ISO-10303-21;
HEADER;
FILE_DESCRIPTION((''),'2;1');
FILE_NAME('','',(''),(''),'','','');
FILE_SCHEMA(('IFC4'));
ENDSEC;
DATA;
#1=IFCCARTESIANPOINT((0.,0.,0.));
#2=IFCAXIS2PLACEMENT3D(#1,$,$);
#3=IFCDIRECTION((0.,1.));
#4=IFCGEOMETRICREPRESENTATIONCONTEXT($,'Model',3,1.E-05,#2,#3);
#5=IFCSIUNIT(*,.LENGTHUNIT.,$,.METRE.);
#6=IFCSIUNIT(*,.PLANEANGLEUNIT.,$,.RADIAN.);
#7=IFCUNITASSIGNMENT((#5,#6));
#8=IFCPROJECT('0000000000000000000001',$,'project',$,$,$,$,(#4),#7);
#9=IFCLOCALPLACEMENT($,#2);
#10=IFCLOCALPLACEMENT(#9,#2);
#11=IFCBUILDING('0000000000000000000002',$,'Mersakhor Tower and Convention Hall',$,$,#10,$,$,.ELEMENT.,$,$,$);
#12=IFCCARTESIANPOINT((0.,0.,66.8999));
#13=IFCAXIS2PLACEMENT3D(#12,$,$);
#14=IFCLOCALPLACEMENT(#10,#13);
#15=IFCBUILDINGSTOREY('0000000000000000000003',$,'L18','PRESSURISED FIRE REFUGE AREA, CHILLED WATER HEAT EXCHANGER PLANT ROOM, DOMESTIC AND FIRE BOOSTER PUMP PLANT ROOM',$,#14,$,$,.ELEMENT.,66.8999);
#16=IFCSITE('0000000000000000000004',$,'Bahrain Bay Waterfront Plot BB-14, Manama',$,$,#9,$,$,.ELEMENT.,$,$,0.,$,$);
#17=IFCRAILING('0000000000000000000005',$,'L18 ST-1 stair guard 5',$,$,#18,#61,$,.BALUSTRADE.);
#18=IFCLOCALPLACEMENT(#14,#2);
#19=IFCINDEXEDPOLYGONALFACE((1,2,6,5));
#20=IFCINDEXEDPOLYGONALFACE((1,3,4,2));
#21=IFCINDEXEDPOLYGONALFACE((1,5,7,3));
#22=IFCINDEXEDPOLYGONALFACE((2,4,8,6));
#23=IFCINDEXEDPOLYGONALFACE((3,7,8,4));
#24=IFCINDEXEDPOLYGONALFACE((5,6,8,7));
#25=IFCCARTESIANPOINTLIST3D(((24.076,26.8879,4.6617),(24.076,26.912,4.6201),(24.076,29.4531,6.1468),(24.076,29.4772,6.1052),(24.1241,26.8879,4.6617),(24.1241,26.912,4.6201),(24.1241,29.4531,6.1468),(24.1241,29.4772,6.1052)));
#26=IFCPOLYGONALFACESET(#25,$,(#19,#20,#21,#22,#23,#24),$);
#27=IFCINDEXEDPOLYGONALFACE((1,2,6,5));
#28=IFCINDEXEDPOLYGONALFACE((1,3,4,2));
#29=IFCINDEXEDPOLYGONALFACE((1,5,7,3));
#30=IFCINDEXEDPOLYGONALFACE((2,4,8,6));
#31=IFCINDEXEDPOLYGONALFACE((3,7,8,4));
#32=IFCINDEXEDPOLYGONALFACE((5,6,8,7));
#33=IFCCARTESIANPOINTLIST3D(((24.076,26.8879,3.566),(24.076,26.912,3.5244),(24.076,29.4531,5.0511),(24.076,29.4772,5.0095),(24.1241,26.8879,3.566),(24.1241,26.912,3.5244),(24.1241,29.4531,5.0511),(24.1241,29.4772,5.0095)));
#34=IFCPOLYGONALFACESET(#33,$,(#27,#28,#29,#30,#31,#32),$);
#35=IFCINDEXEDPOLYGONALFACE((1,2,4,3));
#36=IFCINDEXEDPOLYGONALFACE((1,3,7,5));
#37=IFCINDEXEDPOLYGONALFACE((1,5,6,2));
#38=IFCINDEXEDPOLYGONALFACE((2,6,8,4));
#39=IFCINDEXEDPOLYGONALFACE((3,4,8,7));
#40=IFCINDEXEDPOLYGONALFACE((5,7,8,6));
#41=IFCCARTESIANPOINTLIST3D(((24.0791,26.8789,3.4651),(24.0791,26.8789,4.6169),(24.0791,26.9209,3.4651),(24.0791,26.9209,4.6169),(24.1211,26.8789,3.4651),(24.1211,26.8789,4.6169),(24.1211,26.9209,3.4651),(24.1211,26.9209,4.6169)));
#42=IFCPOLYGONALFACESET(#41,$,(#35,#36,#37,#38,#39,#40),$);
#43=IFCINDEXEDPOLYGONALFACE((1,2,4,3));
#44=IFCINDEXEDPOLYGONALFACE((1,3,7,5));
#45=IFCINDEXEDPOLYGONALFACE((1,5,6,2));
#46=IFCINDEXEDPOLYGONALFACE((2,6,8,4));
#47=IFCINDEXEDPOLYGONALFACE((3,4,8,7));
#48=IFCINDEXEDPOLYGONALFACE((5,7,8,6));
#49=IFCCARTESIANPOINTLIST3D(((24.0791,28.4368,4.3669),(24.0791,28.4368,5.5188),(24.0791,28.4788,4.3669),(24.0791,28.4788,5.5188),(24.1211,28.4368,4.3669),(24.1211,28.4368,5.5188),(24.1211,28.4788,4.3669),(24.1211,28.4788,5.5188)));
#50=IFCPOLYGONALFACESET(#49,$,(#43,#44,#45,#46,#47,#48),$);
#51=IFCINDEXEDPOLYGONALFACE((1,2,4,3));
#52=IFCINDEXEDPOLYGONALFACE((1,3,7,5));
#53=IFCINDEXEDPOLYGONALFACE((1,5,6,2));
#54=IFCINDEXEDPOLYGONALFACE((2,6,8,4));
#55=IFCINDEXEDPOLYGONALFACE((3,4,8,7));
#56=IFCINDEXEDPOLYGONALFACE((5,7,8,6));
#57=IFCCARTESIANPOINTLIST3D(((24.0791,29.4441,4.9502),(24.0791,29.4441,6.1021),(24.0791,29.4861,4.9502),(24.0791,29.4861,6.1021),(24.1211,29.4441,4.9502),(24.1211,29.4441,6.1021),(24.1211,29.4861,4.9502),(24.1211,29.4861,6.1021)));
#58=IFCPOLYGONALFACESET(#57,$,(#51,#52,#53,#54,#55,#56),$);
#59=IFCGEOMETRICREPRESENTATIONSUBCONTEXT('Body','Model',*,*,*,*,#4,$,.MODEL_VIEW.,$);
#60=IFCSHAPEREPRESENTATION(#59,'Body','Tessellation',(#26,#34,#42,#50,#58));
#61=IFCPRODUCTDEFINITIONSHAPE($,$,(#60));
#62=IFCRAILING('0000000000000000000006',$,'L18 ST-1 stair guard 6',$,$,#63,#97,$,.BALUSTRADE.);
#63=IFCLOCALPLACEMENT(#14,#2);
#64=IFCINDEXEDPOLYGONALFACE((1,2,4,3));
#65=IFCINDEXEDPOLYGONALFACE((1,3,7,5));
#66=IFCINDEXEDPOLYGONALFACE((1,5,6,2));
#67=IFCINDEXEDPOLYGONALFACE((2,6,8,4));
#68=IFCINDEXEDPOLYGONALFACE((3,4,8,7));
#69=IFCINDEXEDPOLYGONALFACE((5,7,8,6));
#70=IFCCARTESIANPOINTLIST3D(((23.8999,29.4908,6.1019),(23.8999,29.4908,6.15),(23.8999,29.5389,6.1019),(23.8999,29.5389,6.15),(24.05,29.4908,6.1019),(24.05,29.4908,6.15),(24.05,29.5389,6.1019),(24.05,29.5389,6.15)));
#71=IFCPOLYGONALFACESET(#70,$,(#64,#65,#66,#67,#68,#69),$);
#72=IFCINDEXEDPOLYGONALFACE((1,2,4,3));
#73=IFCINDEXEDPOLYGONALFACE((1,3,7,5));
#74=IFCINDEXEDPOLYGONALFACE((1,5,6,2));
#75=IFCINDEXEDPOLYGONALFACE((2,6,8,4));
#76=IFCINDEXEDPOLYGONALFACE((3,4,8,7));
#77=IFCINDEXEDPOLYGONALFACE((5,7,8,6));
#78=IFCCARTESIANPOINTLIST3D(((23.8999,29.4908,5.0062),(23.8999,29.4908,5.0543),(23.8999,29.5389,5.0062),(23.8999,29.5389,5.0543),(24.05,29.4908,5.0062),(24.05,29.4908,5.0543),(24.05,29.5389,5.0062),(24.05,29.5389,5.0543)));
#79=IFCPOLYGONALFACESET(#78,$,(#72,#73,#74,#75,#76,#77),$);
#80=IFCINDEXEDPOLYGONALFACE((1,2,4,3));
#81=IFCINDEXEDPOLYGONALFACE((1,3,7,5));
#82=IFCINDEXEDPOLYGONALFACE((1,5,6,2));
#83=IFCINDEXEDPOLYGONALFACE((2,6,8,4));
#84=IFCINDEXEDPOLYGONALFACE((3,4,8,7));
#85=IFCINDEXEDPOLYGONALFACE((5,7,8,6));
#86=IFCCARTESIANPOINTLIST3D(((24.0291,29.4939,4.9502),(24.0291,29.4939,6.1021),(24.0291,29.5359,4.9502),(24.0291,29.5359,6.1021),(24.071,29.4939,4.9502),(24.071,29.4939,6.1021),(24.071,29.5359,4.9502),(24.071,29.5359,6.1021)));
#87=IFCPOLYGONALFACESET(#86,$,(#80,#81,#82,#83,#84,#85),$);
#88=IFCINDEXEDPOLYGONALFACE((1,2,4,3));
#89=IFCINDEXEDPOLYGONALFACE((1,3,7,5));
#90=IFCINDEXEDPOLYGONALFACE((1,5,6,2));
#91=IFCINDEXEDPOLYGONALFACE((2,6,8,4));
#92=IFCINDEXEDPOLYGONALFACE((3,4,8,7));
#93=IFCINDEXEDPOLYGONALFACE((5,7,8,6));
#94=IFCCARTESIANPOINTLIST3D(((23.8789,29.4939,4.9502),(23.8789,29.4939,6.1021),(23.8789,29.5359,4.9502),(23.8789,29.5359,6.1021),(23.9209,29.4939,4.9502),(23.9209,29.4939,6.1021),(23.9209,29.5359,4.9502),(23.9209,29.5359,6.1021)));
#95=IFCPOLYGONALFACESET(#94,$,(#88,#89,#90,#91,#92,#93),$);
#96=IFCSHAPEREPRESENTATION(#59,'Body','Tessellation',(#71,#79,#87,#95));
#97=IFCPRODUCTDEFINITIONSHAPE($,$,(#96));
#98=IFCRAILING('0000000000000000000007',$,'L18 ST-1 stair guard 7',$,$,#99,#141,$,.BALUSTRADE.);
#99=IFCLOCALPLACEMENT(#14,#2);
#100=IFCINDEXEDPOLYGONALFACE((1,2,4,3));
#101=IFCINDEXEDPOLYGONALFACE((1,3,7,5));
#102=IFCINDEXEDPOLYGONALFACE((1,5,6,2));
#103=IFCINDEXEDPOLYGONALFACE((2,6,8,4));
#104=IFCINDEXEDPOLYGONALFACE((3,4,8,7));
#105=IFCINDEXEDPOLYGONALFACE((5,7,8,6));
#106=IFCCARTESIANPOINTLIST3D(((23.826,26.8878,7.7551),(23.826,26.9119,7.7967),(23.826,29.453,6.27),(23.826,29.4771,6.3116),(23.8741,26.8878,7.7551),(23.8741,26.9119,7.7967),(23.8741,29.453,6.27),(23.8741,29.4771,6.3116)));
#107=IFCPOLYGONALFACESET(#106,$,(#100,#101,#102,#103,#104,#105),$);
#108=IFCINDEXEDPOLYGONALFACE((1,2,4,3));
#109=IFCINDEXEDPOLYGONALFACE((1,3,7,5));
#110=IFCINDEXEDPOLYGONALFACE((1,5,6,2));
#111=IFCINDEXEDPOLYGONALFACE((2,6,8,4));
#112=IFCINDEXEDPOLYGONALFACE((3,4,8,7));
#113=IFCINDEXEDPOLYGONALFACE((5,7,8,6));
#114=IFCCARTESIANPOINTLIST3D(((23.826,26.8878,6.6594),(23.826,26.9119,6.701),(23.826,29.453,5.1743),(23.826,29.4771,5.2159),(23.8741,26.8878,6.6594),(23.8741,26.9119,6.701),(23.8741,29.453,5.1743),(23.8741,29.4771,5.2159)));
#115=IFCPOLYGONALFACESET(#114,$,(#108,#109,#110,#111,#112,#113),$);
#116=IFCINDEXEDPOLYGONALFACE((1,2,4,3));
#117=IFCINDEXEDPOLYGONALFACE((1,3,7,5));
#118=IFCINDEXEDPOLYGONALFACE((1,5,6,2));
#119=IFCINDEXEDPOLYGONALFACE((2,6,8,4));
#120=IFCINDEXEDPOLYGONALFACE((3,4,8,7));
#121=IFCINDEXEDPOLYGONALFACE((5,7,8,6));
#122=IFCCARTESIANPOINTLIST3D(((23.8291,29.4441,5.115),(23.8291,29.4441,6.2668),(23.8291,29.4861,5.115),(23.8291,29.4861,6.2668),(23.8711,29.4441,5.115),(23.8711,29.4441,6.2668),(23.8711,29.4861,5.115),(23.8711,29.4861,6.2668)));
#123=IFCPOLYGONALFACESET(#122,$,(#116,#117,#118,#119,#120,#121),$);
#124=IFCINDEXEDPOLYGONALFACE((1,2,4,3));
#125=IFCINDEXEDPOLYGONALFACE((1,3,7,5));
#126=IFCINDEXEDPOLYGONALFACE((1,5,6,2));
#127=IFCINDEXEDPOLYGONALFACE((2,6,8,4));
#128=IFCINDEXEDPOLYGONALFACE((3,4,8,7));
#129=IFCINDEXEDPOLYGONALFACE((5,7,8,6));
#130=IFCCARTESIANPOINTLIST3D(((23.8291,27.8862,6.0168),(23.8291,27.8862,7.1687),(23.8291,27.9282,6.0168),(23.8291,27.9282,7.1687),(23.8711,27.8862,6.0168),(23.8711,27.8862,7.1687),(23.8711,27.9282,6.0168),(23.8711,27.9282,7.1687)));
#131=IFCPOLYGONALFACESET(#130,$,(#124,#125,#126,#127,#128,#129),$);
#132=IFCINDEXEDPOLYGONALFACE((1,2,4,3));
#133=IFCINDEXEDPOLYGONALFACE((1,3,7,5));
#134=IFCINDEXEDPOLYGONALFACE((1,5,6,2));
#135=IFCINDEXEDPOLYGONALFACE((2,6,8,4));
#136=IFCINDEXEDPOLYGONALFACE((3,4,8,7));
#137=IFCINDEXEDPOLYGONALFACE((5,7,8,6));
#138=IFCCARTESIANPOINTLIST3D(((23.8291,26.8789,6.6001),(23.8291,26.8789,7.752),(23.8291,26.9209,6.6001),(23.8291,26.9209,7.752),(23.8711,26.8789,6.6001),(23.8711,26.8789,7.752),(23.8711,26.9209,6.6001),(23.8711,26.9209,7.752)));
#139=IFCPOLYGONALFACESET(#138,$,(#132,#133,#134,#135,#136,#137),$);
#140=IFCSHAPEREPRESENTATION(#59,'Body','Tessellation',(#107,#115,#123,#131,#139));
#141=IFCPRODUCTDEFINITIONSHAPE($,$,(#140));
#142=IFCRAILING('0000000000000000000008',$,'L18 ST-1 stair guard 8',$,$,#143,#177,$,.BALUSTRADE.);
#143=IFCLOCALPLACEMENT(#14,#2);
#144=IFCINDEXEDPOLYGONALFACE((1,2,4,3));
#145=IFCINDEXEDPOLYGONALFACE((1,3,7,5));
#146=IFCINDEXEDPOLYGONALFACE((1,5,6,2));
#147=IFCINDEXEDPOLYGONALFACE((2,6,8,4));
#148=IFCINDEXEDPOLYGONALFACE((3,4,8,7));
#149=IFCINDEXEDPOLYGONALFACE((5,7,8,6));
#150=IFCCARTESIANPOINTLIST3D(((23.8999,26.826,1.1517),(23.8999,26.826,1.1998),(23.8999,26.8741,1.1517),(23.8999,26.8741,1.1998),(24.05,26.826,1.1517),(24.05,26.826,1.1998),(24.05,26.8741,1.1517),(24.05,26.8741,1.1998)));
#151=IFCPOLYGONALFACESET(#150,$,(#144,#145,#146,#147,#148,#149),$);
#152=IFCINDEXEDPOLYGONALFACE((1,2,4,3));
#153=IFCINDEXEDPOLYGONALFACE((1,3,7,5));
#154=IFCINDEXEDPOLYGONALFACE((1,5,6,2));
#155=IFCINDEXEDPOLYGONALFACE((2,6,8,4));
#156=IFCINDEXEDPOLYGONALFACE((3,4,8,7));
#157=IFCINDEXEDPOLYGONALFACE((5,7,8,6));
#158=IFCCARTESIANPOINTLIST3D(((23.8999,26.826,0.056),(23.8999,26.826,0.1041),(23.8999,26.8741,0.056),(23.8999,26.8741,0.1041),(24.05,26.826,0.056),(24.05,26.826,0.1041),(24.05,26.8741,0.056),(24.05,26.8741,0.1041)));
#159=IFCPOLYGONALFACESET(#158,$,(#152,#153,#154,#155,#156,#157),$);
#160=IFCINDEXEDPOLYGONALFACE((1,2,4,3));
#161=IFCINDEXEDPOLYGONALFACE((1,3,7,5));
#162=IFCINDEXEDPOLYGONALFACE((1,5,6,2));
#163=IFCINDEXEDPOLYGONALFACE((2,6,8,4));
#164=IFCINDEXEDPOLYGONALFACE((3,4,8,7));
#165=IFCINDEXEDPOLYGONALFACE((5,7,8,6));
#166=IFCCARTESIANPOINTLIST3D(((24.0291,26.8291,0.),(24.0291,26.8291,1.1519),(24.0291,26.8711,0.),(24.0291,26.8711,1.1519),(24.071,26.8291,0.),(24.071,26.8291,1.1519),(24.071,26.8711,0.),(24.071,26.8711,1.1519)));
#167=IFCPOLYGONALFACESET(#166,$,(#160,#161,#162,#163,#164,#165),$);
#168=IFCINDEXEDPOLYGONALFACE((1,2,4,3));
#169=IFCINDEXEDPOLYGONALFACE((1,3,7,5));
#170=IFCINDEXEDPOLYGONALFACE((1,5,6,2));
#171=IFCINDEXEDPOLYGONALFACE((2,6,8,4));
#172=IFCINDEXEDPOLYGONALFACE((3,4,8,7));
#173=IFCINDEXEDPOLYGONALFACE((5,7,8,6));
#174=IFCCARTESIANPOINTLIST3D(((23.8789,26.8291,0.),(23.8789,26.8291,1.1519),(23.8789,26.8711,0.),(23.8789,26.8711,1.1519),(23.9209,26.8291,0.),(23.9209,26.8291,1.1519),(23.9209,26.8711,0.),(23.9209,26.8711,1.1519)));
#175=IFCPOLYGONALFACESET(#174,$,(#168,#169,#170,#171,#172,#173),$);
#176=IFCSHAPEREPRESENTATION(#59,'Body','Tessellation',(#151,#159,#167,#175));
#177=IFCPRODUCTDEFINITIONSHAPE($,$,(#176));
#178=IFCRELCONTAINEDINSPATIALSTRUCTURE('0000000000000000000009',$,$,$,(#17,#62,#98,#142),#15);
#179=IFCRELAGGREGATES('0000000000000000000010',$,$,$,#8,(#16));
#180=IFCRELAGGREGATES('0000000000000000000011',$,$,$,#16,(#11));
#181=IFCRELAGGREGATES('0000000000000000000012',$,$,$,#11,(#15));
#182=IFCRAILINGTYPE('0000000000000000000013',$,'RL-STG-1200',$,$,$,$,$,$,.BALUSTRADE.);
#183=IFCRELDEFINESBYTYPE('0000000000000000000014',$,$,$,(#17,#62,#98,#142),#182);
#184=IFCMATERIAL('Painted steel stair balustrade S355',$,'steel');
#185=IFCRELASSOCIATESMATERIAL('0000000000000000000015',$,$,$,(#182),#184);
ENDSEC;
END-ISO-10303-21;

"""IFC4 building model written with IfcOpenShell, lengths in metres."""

from ifc_helpers import new_model, si_unit, direction, frame, origin, origin_2d, place, context, subcontext, project, spatial, rectangle, extrude, material, type_object, element, save


model = new_model("IFC4")

# Units and contexts
model_context = context("Model", 3, precision=1e-05, world=origin(), true_north=direction((0.0, 1.0)))
body_context = subcontext(model_context, "Body", "Model", "MODEL_VIEW")
ifc_project = project(units=[si_unit("LENGTHUNIT", "METRE"), si_unit("PLANEANGLEUNIT", "RADIAN")], contexts=[model_context])

# Site, building, storey
site_placement = place(None, origin())
site = spatial("IfcSite", under=ifc_project, at=site_placement, Name="Bahrain Bay Waterfront Plot BB-14, Manama", CompositionType="ELEMENT", RefElevation=0.0)
building_placement = place(site_placement, origin())
building = spatial("IfcBuilding", under=site, at=building_placement, Name="Mersakhor Tower and Convention Hall", CompositionType="ELEMENT")
storey_placement = place(building_placement, frame((0.0, 0.0, 66.8999)))
storey = spatial("IfcBuildingStorey", under=building, at=storey_placement, Name="L18", Description="PRESSURISED FIRE REFUGE AREA, CHILLED WATER HEAT EXCHANGER PLANT ROOM, DOMESTIC AND FIRE BOOSTER PUMP PLANT ROOM", CompositionType="ELEMENT", Elevation=66.8999)

# Railings
ifc_material_1 = material(Name="Painted steel stair balustrade S355", Category="steel")
railing_type_1 = type_object("IfcRailingType", Name="RL-STG-1200", PredefinedType="BALUSTRADE", material=ifc_material_1)
railing_1_placement = place(storey_placement, frame((24.1001, 26.8999, 3.4651)))
element("IfcRailing", 1, at=railing_1_placement, inside=storey, type_object=railing_type_1, Name="L18 ST-1 stair guard 5", PredefinedType="BALUSTRADE", context=body_context, shape_type="SweptSolid", body=[
    extrude(rectangle(XDim=0.0481, YDim=0.0481, at=origin_2d()), frame((0.0, 0.0, 1.1758), z_axis=(0.0, 0.865426, 0.501036), x_axis=(-1.0, 0.0, 0.0)), (0.0, 0.0, 1.0), 2.9641),
    extrude(rectangle(XDim=0.0481, YDim=0.0481, at=origin_2d()), frame((0.0, 0.0, 0.0801), z_axis=(0.0, 0.865426, 0.501036), x_axis=(-1.0, 0.0, 0.0)), (0.0, 0.0, 1.0), 2.9641),
    extrude(rectangle(XDim=0.042, YDim=0.042, at=origin_2d()), origin(), (0.0, 0.0, 1.0), 1.1519),
    extrude(rectangle(XDim=0.042, YDim=0.042, at=origin_2d()), frame((0.0, 1.5579, 0.9019)), (0.0, 0.0, 1.0), 1.1519),
    extrude(rectangle(XDim=0.042, YDim=0.042, at=origin_2d()), frame((0.0, 2.5652, 1.4851)), (0.0, 0.0, 1.0), 1.1519),
])
railing_2_placement = place(storey_placement, frame((24.05, 29.5149, 4.9502)))
element("IfcRailing", 2, at=railing_2_placement, inside=storey, type_object=railing_type_1, Name="L18 ST-1 stair guard 6", PredefinedType="BALUSTRADE", context=body_context, shape_type="SweptSolid", body=[
    extrude(rectangle(XDim=0.0481, YDim=0.0481, at=origin_2d()), frame((0.0, 0.0, 1.1758), z_axis=(-1.0, 0.0, 0.0), x_axis=(0.0, -1.0, 0.0)), (0.0, 0.0, 1.0), 0.1501),
    extrude(rectangle(XDim=0.0481, YDim=0.0481, at=origin_2d()), frame((0.0, 0.0, 0.0801), z_axis=(-1.0, 0.0, 0.0), x_axis=(0.0, -1.0, 0.0)), (0.0, 0.0, 1.0), 0.1501),
    extrude(rectangle(XDim=0.042, YDim=0.042, at=origin_2d()), origin(), (0.0, 0.0, 1.0), 1.1519),
    extrude(rectangle(XDim=0.042, YDim=0.042, at=origin_2d()), frame((-0.1501, 0.0, 0.0)), (0.0, 0.0, 1.0), 1.1519),
])
railing_3_placement = place(storey_placement, frame((23.8501, 29.4651, 5.115)))
element("IfcRailing", 3, at=railing_3_placement, inside=storey, type_object=railing_type_1, Name="L18 ST-1 stair guard 7", PredefinedType="BALUSTRADE", context=body_context, shape_type="SweptSolid", body=[
    extrude(rectangle(XDim=0.0481, YDim=0.0481, at=origin_2d()), frame((0.0, 0.0, 1.1758), z_axis=(0.0, -0.865426, 0.501036), x_axis=(1.0, 0.0, 0.0)), (0.0, 0.0, 1.0), 2.9641),
    extrude(rectangle(XDim=0.0481, YDim=0.0481, at=origin_2d()), frame((0.0, 0.0, 0.0801), z_axis=(0.0, -0.865426, 0.501036), x_axis=(1.0, 0.0, 0.0)), (0.0, 0.0, 1.0), 2.9641),
    extrude(rectangle(XDim=0.042, YDim=0.042, at=origin_2d()), origin(), (0.0, 0.0, 1.0), 1.1519),
    extrude(rectangle(XDim=0.042, YDim=0.042, at=origin_2d()), frame((0.0, -1.5579, 0.9019)), (0.0, 0.0, 1.0), 1.1519),
    extrude(rectangle(XDim=0.042, YDim=0.042, at=origin_2d()), frame((0.0, -2.5652, 1.4851)), (0.0, 0.0, 1.0), 1.1519),
])
railing_4_placement = place(storey_placement, frame((24.05, 26.8501, 0.0)))
element("IfcRailing", 4, at=railing_4_placement, inside=storey, type_object=railing_type_1, Name="L18 ST-1 stair guard 8", PredefinedType="BALUSTRADE", context=body_context, shape_type="SweptSolid", body=[
    extrude(rectangle(XDim=0.0481, YDim=0.0481, at=origin_2d()), frame((0.0, 0.0, 1.1758), z_axis=(-1.0, 0.0, 0.0), x_axis=(0.0, -1.0, 0.0)), (0.0, 0.0, 1.0), 0.1501),
    extrude(rectangle(XDim=0.0481, YDim=0.0481, at=origin_2d()), frame((0.0, 0.0, 0.0801), z_axis=(-1.0, 0.0, 0.0), x_axis=(0.0, -1.0, 0.0)), (0.0, 0.0, 1.0), 0.1501),
    extrude(rectangle(XDim=0.042, YDim=0.042, at=origin_2d()), origin(), (0.0, 0.0, 1.0), 1.1519),
    extrude(rectangle(XDim=0.042, YDim=0.042, at=origin_2d()), frame((-0.1501, 0.0, 0.0)), (0.0, 0.0, 1.0), 1.1519),
])

save(model, "model.ifc")
